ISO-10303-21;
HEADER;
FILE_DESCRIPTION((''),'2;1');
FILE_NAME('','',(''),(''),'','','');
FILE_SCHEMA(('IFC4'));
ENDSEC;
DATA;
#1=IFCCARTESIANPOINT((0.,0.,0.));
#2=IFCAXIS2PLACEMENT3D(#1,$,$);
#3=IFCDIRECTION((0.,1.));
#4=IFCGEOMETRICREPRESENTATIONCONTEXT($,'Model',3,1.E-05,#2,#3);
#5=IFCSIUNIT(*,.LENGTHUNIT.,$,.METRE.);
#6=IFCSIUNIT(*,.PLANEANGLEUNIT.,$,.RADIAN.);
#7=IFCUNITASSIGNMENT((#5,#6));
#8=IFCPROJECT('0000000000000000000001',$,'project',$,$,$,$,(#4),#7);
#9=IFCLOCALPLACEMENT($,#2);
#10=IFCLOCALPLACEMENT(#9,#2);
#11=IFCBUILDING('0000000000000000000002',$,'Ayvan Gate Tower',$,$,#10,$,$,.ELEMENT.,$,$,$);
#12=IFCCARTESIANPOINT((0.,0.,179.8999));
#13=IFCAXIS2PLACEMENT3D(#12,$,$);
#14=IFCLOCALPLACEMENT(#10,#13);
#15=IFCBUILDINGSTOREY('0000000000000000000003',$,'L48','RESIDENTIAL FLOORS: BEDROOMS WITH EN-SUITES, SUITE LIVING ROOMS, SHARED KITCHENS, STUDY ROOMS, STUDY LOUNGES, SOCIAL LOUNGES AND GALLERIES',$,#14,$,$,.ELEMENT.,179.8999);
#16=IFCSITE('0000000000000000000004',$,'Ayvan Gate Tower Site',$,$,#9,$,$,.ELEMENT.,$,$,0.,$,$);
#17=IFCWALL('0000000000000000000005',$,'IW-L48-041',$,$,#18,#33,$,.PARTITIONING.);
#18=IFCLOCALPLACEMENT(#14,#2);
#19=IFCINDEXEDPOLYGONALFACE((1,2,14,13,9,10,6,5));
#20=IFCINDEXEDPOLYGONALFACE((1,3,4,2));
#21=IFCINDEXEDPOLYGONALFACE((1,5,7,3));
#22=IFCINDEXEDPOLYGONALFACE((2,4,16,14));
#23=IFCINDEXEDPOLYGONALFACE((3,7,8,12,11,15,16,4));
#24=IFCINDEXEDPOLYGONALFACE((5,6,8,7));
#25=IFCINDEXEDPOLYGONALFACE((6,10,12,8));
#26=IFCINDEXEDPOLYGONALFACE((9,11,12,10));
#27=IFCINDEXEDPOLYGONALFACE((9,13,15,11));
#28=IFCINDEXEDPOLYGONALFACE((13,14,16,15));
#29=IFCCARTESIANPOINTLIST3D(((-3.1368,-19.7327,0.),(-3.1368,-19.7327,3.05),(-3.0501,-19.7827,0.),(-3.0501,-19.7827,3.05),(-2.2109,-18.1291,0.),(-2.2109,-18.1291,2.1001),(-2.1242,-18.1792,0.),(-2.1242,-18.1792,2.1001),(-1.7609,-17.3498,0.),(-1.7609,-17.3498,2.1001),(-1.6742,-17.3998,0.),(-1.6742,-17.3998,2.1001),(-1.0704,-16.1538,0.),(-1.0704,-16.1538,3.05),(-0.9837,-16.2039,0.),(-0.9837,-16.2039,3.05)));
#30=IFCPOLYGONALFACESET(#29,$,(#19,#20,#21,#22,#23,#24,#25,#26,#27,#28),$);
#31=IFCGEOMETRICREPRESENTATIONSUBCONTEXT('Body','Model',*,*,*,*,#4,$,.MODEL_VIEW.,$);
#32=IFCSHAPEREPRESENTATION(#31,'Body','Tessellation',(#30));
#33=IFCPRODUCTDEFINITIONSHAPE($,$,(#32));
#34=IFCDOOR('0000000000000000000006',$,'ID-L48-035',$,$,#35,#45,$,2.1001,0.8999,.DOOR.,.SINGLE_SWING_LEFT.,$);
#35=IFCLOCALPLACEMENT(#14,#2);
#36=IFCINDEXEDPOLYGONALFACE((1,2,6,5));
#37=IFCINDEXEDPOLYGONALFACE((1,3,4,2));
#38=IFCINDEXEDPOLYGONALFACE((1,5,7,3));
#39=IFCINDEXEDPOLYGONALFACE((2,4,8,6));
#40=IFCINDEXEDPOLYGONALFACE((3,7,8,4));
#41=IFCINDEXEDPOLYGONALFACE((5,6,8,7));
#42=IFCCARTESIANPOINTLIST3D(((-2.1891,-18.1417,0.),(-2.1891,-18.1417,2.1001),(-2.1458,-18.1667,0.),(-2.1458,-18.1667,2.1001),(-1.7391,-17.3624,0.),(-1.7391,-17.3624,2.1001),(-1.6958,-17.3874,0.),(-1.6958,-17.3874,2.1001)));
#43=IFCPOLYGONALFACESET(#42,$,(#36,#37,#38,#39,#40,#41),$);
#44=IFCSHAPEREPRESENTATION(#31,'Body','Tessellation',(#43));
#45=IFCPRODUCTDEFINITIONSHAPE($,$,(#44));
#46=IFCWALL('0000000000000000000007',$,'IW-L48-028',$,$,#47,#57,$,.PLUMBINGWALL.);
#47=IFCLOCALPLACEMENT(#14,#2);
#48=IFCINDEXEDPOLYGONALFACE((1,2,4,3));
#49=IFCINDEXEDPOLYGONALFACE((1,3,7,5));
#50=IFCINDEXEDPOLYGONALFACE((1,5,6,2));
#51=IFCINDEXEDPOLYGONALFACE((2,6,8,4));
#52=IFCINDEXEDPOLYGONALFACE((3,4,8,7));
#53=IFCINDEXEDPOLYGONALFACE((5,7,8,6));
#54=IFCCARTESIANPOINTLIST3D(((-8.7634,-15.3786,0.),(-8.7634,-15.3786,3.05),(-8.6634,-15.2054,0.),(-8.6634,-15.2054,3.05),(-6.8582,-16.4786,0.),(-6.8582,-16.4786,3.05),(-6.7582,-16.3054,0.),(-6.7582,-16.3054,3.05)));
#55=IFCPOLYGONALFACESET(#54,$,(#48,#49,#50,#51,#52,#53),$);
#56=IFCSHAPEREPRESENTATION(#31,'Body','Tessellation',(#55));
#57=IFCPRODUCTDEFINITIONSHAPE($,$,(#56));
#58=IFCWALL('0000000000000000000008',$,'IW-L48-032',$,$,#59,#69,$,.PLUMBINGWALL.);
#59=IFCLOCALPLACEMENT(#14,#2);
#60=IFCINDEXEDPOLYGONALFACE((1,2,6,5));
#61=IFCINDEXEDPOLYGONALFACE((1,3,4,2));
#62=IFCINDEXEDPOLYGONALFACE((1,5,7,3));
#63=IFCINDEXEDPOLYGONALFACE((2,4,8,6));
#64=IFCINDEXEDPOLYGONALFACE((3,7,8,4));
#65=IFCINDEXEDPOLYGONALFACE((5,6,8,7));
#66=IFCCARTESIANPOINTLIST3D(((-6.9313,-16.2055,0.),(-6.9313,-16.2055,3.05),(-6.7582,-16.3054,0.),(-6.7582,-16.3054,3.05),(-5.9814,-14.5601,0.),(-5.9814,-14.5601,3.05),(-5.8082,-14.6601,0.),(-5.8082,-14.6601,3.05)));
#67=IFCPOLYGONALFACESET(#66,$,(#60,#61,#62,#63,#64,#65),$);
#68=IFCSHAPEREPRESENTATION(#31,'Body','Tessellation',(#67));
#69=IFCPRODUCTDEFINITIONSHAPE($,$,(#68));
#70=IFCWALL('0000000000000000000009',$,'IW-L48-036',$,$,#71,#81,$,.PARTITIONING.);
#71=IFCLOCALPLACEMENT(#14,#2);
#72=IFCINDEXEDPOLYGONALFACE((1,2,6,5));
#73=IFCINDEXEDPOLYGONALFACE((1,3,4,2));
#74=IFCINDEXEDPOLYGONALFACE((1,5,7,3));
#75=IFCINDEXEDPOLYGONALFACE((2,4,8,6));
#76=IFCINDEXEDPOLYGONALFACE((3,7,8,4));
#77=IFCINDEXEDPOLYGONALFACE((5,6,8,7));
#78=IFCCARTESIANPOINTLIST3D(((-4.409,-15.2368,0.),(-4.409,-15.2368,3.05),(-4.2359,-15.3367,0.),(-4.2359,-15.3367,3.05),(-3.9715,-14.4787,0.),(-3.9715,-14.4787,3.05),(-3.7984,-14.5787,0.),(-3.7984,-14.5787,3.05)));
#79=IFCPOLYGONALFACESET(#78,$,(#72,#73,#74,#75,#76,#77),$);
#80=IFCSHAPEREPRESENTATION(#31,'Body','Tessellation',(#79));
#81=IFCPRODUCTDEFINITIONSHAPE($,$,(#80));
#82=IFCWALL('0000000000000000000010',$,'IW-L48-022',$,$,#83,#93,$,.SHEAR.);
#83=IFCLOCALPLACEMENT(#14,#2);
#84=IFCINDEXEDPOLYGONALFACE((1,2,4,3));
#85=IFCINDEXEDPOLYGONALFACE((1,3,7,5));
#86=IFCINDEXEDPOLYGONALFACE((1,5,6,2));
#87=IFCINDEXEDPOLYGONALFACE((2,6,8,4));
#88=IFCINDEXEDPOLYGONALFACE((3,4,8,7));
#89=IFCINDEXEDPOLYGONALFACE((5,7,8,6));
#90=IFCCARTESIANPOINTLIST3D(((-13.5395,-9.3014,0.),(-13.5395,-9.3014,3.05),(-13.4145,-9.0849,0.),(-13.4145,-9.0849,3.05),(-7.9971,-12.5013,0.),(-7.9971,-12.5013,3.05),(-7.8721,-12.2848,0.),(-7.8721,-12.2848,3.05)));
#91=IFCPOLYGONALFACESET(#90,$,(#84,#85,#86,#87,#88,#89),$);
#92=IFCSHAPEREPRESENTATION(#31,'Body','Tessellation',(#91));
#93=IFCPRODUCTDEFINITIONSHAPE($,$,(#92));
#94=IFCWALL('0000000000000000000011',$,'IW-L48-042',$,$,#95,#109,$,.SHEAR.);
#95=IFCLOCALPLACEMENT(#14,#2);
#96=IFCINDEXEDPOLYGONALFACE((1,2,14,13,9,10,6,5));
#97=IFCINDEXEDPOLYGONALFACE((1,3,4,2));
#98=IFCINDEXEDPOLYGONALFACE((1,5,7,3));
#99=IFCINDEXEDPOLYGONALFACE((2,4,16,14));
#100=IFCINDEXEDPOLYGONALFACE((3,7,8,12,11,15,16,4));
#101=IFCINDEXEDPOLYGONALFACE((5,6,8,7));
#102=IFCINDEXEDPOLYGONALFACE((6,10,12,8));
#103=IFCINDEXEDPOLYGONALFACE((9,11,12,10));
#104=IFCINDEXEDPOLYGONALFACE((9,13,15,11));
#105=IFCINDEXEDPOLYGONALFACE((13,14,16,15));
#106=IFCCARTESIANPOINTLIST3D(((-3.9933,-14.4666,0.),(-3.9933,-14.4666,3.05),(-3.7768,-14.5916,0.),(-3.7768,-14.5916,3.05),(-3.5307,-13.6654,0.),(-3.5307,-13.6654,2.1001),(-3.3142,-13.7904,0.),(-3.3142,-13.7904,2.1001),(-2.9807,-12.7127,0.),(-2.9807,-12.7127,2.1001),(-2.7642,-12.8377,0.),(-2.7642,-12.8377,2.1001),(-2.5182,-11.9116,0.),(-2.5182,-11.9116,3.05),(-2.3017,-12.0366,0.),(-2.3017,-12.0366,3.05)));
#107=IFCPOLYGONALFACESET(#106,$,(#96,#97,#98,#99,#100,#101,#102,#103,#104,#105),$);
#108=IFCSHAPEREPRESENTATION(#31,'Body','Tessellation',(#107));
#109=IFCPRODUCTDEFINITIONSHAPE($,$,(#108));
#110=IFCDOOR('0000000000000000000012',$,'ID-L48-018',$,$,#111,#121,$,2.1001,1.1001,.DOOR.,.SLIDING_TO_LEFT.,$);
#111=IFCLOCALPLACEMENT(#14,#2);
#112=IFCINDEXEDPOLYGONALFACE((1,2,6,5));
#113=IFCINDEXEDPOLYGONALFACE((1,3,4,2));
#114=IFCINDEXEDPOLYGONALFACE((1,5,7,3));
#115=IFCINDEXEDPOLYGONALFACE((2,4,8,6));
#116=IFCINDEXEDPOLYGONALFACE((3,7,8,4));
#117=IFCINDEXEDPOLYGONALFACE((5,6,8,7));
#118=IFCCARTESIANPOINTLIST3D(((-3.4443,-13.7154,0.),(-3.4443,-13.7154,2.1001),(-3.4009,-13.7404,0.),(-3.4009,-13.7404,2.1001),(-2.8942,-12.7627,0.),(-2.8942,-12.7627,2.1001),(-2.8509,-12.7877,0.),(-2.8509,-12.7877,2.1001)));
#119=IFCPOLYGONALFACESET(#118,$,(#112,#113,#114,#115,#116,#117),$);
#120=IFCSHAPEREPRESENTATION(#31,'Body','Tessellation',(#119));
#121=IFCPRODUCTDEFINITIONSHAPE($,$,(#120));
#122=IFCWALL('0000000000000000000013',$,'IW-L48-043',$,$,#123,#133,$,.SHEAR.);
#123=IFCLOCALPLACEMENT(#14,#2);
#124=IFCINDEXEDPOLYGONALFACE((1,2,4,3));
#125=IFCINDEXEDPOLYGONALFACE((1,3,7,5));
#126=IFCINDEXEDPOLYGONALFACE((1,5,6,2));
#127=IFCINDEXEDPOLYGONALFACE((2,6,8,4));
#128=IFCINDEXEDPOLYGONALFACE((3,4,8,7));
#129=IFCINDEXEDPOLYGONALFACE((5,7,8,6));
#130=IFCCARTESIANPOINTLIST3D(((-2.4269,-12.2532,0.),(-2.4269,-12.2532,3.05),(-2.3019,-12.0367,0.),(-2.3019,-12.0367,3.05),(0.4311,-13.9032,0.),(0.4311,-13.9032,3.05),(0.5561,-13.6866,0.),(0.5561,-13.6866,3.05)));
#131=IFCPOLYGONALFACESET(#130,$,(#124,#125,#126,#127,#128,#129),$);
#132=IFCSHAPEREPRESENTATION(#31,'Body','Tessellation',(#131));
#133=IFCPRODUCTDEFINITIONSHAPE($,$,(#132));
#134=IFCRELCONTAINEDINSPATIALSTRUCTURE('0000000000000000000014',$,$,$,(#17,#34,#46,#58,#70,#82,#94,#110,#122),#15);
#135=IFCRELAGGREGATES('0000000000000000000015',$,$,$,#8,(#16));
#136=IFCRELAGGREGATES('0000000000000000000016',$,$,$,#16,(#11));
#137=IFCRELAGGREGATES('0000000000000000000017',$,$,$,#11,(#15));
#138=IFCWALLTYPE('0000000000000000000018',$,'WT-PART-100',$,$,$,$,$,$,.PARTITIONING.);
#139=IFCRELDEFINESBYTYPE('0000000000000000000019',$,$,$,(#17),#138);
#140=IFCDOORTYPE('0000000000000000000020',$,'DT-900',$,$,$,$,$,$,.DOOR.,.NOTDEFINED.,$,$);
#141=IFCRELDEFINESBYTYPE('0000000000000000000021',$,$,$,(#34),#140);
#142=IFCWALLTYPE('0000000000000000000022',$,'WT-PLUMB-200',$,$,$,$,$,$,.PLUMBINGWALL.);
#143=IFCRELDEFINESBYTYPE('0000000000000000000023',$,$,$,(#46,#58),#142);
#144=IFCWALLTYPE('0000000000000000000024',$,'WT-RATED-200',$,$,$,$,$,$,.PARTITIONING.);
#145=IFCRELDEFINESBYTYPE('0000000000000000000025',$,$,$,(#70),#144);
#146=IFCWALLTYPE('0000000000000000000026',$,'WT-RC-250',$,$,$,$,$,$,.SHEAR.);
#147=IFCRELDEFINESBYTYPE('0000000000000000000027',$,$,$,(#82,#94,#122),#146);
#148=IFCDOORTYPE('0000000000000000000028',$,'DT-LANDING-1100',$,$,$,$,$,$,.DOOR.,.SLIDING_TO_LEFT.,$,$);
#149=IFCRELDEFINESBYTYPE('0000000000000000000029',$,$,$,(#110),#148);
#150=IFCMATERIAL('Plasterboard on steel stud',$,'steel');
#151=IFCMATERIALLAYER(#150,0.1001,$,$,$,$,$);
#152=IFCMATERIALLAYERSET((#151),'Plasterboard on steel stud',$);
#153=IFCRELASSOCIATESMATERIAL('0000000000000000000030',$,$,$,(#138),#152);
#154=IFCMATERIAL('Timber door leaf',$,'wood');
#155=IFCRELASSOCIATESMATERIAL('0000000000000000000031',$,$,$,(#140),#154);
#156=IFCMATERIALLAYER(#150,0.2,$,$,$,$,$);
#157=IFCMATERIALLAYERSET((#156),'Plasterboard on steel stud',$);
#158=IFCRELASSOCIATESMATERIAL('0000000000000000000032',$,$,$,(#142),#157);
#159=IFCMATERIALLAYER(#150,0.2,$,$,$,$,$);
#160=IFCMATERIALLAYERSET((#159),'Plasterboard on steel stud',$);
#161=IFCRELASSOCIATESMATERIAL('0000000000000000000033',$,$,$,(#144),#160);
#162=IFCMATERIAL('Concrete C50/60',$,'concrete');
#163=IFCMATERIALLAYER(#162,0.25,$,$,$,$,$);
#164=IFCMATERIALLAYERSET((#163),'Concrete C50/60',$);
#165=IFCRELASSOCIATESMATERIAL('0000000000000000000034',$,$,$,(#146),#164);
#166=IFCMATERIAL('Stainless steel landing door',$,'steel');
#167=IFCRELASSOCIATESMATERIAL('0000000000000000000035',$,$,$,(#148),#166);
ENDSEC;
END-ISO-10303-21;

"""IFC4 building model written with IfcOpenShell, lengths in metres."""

from ifc_helpers import new_model, si_unit, direction, frame, frame_2d, origin, place, context, subcontext, project, spatial, rectangle, extrude, material, layer, layer_set, type_object, element, fill, save


model = new_model("IFC4")

# Units and contexts
model_context = context("Model", 3, precision=1e-05, world=origin(), true_north=direction((0.0, 1.0)))
body_context = subcontext(model_context, "Body", "Model", "MODEL_VIEW")
ifc_project = project(units=[si_unit("LENGTHUNIT", "METRE"), si_unit("PLANEANGLEUNIT", "RADIAN")], contexts=[model_context])

# Site, building, storey
site_placement = place(None, origin())
site = spatial("IfcSite", under=ifc_project, at=site_placement, Name="Ayvan Gate Tower Site", CompositionType="ELEMENT", RefElevation=0.0)
building_placement = place(site_placement, origin())
building = spatial("IfcBuilding", under=site, at=building_placement, Name="Ayvan Gate Tower", CompositionType="ELEMENT")
storey_placement = place(building_placement, frame((0.0, 0.0, 179.8999)))
storey = spatial("IfcBuildingStorey", under=building, at=storey_placement, Name="L48", Description="RESIDENTIAL FLOORS: BEDROOMS WITH EN-SUITES, SUITE LIVING ROOMS, SHARED KITCHENS, STUDY ROOMS, STUDY LOUNGES, SOCIAL LOUNGES AND GALLERIES", CompositionType="ELEMENT", Elevation=179.8999)

# Wall, opening, door
ifc_material_1 = material(Name="Plasterboard on steel stud", Category="steel")
ifc_layer_1 = layer(ifc_material_1, 0.1001)
ifc_layer_set_1 = layer_set([ifc_layer_1], Name="Plasterboard on steel stud")
wall_type_1 = type_object("IfcWallType", Name="WT-PART-100", PredefinedType="PARTITIONING", material=ifc_layer_set_1)
wall_1_placement = place(storey_placement, frame((-3.0935, -19.7578, 0.0), z_axis=(0.0, 0.0, 1.0), x_axis=(0.500028, 0.866009, 0.0)))
wall_1 = element("IfcWall", 1, at=wall_1_placement, inside=storey, type_object=wall_type_1, Name="IW-L48-041", PredefinedType="PARTITIONING", context=body_context, shape_type="SweptSolid", body=[
    extrude(rectangle(XDim=4.1326, YDim=0.1001, at=frame_2d((2.0664, 0.0))), origin(), (0.0, 0.0, 1.0), 3.05),
])
opening_1_placement = place(wall_1_placement, frame((1.8518, 0.0, 0.0)))
opening_1 = element("IfcOpeningElement", 2, at=opening_1_placement, cuts=wall_1, PredefinedType="OPENING", context=body_context, shape_type="SweptSolid", body=[
    extrude(rectangle(XDim=0.8999, YDim=2.1001, at=frame_2d((0.45, 1.05))), frame((0.0, 0.0601, 0.0), z_axis=(0.0, -1.0, 0.0), x_axis=(1.0, 0.0, 0.0)), (0.0, 0.0, 1.0), 0.1201),
])
ifc_material_2 = material(Name="Timber door leaf", Category="wood")
door_type_1 = type_object("IfcDoorType", Name="DT-900", OperationType="NOTDEFINED", PredefinedType="DOOR", material=ifc_material_2)
door_1_placement = place(opening_1_placement, origin())
door_1 = element("IfcDoor", 3, at=door_1_placement, inside=storey, type_object=door_type_1, Name="ID-L48-035", OperationType="SINGLE_SWING_LEFT", OverallHeight=2.1001, OverallWidth=0.8999, PredefinedType="DOOR", context=body_context, shape_type="SweptSolid", body=[
    extrude(rectangle(XDim=0.8999, YDim=2.1001, at=frame_2d((0.45, 1.05))), frame((0.0, 0.0249, 0.0), z_axis=(0.0, -1.0, 0.0), x_axis=(1.0, 0.0, 0.0)), (0.0, 0.0, 1.0), 0.05),
])
fill(opening_1, door_1)

# Walls
ifc_layer_2 = layer(ifc_material_1, 0.2)
ifc_layer_set_2 = layer_set([ifc_layer_2], Name="Plasterboard on steel stud")
wall_type_2 = type_object("IfcWallType", Name="WT-PLUMB-200", PredefinedType="PLUMBINGWALL", material=ifc_layer_set_2)
wall_2_placement = place(storey_placement, frame((-6.8081, -16.3921, 0.0), z_axis=(0.0, 0.0, 1.0), x_axis=(-0.866008, 0.50003, 0.0)))
element("IfcWall", 4, at=wall_2_placement, inside=storey, type_object=wall_type_2, Name="IW-L48-028", PredefinedType="PLUMBINGWALL", context=body_context, shape_type="SweptSolid", body=[
    extrude(rectangle(XDim=2.2, YDim=0.2, at=frame_2d((1.1001, 0.0))), origin(), (0.0, 0.0, 1.0), 3.05),
])
wall_3_placement = place(storey_placement, frame((-5.8948, -14.6101, 0.0), z_axis=(0.0, 0.0, 1.0), x_axis=(-0.500023, -0.866012, 0.0)))
element("IfcWall", 5, at=wall_3_placement, inside=storey, type_object=wall_type_2, Name="IW-L48-032", PredefinedType="PLUMBINGWALL", context=body_context, shape_type="SweptSolid", body=[
    extrude(rectangle(XDim=1.8999, YDim=0.2, at=frame_2d((0.95, 0.0))), origin(), (0.0, 0.0, 1.0), 3.05),
])
ifc_layer_3 = layer(ifc_material_1, 0.2)
ifc_layer_set_3 = layer_set([ifc_layer_3], Name="Plasterboard on steel stud")
wall_type_3 = type_object("IfcWallType", Name="WT-RATED-200", PredefinedType="PARTITIONING", material=ifc_layer_set_3)
wall_4_placement = place(storey_placement, frame((-3.885, -14.5288, 0.0), z_axis=(0.0, 0.0, 1.0), x_axis=(-0.499859, -0.866107, 0.0)))
element("IfcWall", 6, at=wall_4_placement, inside=storey, type_object=wall_type_3, Name="IW-L48-036", PredefinedType="PARTITIONING", context=body_context, shape_type="SweptSolid", body=[
    extrude(rectangle(XDim=0.8752, YDim=0.2, at=frame_2d((0.4375, 0.0))), origin(), (0.0, 0.0, 1.0), 3.05),
])
ifc_material_3 = material(Name="Concrete C50/60", Category="concrete")
ifc_layer_4 = layer(ifc_material_3, 0.25)
ifc_layer_set_4 = layer_set([ifc_layer_4], Name="Concrete C50/60")
wall_type_4 = type_object("IfcWallType", Name="WT-RC-250", PredefinedType="SHEAR", material=ifc_layer_set_4)
wall_5_placement = place(storey_placement, frame((-7.9346, -12.3931, 0.0), z_axis=(0.0, 0.0, 1.0), x_axis=(-0.866025, 0.5, 0.0)))
element("IfcWall", 7, at=wall_5_placement, inside=storey, type_object=wall_type_4, Name="IW-L48-022", PredefinedType="SHEAR", context=body_context, shape_type="SweptSolid", body=[
    extrude(rectangle(XDim=6.3999, YDim=0.25, at=frame_2d((3.2, 0.0))), origin(), (0.0, 0.0, 1.0), 3.05),
])

# Wall, opening, door
wall_6_placement = place(storey_placement, frame((-2.4099, -11.9741, 0.0), z_axis=(0.0, 0.0, 1.0), x_axis=(-0.500002, -0.866024, 0.0)))
wall_6 = element("IfcWall", 8, at=wall_6_placement, inside=storey, type_object=wall_type_4, Name="IW-L48-042", PredefinedType="SHEAR", context=body_context, shape_type="SweptSolid", body=[
    extrude(rectangle(XDim=2.9502, YDim=0.25, at=frame_2d((1.4751, 0.0))), origin(), (0.0, 0.0, 1.0), 3.05),
])
opening_2_placement = place(wall_6_placement, frame((0.925, 0.0, 0.0)))
opening_2 = element("IfcOpeningElement", 9, at=opening_2_placement, cuts=wall_6, PredefinedType="OPENING", context=body_context, shape_type="SweptSolid", body=[
    extrude(rectangle(XDim=1.1001, YDim=2.1001, at=frame_2d((0.55, 1.05))), frame((0.0, 0.135, 0.0), z_axis=(0.0, -1.0, 0.0), x_axis=(1.0, 0.0, 0.0)), (0.0, 0.0, 1.0), 0.27),
])
ifc_material_4 = material(Name="Stainless steel landing door", Category="steel")
door_type_2 = type_object("IfcDoorType", Name="DT-LANDING-1100", OperationType="SLIDING_TO_LEFT", PredefinedType="DOOR", material=ifc_material_4)
door_2_placement = place(opening_2_placement, origin())
door_2 = element("IfcDoor", 10, at=door_2_placement, inside=storey, type_object=door_type_2, Name="ID-L48-018", OperationType="SLIDING_TO_LEFT", OverallHeight=2.1001, OverallWidth=1.1001, PredefinedType="DOOR", context=body_context, shape_type="SweptSolid", body=[
    extrude(rectangle(XDim=1.1001, YDim=2.1001, at=frame_2d((0.55, 1.05))), frame((0.0, 0.0249, 0.0), z_axis=(0.0, -1.0, 0.0), x_axis=(1.0, 0.0, 0.0)), (0.0, 0.0, 1.0), 0.05),
])
fill(opening_2, door_2)

# Wall
wall_7_placement = place(storey_placement, frame((-2.3643, -12.145, 0.0), z_axis=(0.0, 0.0, 1.0), x_axis=(0.86604, -0.499974, 0.0)))
element("IfcWall", 11, at=wall_7_placement, inside=storey, type_object=wall_type_4, Name="IW-L48-043", PredefinedType="SHEAR", context=body_context, shape_type="SweptSolid", body=[
    extrude(rectangle(XDim=3.3, YDim=0.25, at=frame_2d((1.6499, 0.0))), origin(), (0.0, 0.0, 1.0), 3.05),
])

save(model, "model.ifc")
